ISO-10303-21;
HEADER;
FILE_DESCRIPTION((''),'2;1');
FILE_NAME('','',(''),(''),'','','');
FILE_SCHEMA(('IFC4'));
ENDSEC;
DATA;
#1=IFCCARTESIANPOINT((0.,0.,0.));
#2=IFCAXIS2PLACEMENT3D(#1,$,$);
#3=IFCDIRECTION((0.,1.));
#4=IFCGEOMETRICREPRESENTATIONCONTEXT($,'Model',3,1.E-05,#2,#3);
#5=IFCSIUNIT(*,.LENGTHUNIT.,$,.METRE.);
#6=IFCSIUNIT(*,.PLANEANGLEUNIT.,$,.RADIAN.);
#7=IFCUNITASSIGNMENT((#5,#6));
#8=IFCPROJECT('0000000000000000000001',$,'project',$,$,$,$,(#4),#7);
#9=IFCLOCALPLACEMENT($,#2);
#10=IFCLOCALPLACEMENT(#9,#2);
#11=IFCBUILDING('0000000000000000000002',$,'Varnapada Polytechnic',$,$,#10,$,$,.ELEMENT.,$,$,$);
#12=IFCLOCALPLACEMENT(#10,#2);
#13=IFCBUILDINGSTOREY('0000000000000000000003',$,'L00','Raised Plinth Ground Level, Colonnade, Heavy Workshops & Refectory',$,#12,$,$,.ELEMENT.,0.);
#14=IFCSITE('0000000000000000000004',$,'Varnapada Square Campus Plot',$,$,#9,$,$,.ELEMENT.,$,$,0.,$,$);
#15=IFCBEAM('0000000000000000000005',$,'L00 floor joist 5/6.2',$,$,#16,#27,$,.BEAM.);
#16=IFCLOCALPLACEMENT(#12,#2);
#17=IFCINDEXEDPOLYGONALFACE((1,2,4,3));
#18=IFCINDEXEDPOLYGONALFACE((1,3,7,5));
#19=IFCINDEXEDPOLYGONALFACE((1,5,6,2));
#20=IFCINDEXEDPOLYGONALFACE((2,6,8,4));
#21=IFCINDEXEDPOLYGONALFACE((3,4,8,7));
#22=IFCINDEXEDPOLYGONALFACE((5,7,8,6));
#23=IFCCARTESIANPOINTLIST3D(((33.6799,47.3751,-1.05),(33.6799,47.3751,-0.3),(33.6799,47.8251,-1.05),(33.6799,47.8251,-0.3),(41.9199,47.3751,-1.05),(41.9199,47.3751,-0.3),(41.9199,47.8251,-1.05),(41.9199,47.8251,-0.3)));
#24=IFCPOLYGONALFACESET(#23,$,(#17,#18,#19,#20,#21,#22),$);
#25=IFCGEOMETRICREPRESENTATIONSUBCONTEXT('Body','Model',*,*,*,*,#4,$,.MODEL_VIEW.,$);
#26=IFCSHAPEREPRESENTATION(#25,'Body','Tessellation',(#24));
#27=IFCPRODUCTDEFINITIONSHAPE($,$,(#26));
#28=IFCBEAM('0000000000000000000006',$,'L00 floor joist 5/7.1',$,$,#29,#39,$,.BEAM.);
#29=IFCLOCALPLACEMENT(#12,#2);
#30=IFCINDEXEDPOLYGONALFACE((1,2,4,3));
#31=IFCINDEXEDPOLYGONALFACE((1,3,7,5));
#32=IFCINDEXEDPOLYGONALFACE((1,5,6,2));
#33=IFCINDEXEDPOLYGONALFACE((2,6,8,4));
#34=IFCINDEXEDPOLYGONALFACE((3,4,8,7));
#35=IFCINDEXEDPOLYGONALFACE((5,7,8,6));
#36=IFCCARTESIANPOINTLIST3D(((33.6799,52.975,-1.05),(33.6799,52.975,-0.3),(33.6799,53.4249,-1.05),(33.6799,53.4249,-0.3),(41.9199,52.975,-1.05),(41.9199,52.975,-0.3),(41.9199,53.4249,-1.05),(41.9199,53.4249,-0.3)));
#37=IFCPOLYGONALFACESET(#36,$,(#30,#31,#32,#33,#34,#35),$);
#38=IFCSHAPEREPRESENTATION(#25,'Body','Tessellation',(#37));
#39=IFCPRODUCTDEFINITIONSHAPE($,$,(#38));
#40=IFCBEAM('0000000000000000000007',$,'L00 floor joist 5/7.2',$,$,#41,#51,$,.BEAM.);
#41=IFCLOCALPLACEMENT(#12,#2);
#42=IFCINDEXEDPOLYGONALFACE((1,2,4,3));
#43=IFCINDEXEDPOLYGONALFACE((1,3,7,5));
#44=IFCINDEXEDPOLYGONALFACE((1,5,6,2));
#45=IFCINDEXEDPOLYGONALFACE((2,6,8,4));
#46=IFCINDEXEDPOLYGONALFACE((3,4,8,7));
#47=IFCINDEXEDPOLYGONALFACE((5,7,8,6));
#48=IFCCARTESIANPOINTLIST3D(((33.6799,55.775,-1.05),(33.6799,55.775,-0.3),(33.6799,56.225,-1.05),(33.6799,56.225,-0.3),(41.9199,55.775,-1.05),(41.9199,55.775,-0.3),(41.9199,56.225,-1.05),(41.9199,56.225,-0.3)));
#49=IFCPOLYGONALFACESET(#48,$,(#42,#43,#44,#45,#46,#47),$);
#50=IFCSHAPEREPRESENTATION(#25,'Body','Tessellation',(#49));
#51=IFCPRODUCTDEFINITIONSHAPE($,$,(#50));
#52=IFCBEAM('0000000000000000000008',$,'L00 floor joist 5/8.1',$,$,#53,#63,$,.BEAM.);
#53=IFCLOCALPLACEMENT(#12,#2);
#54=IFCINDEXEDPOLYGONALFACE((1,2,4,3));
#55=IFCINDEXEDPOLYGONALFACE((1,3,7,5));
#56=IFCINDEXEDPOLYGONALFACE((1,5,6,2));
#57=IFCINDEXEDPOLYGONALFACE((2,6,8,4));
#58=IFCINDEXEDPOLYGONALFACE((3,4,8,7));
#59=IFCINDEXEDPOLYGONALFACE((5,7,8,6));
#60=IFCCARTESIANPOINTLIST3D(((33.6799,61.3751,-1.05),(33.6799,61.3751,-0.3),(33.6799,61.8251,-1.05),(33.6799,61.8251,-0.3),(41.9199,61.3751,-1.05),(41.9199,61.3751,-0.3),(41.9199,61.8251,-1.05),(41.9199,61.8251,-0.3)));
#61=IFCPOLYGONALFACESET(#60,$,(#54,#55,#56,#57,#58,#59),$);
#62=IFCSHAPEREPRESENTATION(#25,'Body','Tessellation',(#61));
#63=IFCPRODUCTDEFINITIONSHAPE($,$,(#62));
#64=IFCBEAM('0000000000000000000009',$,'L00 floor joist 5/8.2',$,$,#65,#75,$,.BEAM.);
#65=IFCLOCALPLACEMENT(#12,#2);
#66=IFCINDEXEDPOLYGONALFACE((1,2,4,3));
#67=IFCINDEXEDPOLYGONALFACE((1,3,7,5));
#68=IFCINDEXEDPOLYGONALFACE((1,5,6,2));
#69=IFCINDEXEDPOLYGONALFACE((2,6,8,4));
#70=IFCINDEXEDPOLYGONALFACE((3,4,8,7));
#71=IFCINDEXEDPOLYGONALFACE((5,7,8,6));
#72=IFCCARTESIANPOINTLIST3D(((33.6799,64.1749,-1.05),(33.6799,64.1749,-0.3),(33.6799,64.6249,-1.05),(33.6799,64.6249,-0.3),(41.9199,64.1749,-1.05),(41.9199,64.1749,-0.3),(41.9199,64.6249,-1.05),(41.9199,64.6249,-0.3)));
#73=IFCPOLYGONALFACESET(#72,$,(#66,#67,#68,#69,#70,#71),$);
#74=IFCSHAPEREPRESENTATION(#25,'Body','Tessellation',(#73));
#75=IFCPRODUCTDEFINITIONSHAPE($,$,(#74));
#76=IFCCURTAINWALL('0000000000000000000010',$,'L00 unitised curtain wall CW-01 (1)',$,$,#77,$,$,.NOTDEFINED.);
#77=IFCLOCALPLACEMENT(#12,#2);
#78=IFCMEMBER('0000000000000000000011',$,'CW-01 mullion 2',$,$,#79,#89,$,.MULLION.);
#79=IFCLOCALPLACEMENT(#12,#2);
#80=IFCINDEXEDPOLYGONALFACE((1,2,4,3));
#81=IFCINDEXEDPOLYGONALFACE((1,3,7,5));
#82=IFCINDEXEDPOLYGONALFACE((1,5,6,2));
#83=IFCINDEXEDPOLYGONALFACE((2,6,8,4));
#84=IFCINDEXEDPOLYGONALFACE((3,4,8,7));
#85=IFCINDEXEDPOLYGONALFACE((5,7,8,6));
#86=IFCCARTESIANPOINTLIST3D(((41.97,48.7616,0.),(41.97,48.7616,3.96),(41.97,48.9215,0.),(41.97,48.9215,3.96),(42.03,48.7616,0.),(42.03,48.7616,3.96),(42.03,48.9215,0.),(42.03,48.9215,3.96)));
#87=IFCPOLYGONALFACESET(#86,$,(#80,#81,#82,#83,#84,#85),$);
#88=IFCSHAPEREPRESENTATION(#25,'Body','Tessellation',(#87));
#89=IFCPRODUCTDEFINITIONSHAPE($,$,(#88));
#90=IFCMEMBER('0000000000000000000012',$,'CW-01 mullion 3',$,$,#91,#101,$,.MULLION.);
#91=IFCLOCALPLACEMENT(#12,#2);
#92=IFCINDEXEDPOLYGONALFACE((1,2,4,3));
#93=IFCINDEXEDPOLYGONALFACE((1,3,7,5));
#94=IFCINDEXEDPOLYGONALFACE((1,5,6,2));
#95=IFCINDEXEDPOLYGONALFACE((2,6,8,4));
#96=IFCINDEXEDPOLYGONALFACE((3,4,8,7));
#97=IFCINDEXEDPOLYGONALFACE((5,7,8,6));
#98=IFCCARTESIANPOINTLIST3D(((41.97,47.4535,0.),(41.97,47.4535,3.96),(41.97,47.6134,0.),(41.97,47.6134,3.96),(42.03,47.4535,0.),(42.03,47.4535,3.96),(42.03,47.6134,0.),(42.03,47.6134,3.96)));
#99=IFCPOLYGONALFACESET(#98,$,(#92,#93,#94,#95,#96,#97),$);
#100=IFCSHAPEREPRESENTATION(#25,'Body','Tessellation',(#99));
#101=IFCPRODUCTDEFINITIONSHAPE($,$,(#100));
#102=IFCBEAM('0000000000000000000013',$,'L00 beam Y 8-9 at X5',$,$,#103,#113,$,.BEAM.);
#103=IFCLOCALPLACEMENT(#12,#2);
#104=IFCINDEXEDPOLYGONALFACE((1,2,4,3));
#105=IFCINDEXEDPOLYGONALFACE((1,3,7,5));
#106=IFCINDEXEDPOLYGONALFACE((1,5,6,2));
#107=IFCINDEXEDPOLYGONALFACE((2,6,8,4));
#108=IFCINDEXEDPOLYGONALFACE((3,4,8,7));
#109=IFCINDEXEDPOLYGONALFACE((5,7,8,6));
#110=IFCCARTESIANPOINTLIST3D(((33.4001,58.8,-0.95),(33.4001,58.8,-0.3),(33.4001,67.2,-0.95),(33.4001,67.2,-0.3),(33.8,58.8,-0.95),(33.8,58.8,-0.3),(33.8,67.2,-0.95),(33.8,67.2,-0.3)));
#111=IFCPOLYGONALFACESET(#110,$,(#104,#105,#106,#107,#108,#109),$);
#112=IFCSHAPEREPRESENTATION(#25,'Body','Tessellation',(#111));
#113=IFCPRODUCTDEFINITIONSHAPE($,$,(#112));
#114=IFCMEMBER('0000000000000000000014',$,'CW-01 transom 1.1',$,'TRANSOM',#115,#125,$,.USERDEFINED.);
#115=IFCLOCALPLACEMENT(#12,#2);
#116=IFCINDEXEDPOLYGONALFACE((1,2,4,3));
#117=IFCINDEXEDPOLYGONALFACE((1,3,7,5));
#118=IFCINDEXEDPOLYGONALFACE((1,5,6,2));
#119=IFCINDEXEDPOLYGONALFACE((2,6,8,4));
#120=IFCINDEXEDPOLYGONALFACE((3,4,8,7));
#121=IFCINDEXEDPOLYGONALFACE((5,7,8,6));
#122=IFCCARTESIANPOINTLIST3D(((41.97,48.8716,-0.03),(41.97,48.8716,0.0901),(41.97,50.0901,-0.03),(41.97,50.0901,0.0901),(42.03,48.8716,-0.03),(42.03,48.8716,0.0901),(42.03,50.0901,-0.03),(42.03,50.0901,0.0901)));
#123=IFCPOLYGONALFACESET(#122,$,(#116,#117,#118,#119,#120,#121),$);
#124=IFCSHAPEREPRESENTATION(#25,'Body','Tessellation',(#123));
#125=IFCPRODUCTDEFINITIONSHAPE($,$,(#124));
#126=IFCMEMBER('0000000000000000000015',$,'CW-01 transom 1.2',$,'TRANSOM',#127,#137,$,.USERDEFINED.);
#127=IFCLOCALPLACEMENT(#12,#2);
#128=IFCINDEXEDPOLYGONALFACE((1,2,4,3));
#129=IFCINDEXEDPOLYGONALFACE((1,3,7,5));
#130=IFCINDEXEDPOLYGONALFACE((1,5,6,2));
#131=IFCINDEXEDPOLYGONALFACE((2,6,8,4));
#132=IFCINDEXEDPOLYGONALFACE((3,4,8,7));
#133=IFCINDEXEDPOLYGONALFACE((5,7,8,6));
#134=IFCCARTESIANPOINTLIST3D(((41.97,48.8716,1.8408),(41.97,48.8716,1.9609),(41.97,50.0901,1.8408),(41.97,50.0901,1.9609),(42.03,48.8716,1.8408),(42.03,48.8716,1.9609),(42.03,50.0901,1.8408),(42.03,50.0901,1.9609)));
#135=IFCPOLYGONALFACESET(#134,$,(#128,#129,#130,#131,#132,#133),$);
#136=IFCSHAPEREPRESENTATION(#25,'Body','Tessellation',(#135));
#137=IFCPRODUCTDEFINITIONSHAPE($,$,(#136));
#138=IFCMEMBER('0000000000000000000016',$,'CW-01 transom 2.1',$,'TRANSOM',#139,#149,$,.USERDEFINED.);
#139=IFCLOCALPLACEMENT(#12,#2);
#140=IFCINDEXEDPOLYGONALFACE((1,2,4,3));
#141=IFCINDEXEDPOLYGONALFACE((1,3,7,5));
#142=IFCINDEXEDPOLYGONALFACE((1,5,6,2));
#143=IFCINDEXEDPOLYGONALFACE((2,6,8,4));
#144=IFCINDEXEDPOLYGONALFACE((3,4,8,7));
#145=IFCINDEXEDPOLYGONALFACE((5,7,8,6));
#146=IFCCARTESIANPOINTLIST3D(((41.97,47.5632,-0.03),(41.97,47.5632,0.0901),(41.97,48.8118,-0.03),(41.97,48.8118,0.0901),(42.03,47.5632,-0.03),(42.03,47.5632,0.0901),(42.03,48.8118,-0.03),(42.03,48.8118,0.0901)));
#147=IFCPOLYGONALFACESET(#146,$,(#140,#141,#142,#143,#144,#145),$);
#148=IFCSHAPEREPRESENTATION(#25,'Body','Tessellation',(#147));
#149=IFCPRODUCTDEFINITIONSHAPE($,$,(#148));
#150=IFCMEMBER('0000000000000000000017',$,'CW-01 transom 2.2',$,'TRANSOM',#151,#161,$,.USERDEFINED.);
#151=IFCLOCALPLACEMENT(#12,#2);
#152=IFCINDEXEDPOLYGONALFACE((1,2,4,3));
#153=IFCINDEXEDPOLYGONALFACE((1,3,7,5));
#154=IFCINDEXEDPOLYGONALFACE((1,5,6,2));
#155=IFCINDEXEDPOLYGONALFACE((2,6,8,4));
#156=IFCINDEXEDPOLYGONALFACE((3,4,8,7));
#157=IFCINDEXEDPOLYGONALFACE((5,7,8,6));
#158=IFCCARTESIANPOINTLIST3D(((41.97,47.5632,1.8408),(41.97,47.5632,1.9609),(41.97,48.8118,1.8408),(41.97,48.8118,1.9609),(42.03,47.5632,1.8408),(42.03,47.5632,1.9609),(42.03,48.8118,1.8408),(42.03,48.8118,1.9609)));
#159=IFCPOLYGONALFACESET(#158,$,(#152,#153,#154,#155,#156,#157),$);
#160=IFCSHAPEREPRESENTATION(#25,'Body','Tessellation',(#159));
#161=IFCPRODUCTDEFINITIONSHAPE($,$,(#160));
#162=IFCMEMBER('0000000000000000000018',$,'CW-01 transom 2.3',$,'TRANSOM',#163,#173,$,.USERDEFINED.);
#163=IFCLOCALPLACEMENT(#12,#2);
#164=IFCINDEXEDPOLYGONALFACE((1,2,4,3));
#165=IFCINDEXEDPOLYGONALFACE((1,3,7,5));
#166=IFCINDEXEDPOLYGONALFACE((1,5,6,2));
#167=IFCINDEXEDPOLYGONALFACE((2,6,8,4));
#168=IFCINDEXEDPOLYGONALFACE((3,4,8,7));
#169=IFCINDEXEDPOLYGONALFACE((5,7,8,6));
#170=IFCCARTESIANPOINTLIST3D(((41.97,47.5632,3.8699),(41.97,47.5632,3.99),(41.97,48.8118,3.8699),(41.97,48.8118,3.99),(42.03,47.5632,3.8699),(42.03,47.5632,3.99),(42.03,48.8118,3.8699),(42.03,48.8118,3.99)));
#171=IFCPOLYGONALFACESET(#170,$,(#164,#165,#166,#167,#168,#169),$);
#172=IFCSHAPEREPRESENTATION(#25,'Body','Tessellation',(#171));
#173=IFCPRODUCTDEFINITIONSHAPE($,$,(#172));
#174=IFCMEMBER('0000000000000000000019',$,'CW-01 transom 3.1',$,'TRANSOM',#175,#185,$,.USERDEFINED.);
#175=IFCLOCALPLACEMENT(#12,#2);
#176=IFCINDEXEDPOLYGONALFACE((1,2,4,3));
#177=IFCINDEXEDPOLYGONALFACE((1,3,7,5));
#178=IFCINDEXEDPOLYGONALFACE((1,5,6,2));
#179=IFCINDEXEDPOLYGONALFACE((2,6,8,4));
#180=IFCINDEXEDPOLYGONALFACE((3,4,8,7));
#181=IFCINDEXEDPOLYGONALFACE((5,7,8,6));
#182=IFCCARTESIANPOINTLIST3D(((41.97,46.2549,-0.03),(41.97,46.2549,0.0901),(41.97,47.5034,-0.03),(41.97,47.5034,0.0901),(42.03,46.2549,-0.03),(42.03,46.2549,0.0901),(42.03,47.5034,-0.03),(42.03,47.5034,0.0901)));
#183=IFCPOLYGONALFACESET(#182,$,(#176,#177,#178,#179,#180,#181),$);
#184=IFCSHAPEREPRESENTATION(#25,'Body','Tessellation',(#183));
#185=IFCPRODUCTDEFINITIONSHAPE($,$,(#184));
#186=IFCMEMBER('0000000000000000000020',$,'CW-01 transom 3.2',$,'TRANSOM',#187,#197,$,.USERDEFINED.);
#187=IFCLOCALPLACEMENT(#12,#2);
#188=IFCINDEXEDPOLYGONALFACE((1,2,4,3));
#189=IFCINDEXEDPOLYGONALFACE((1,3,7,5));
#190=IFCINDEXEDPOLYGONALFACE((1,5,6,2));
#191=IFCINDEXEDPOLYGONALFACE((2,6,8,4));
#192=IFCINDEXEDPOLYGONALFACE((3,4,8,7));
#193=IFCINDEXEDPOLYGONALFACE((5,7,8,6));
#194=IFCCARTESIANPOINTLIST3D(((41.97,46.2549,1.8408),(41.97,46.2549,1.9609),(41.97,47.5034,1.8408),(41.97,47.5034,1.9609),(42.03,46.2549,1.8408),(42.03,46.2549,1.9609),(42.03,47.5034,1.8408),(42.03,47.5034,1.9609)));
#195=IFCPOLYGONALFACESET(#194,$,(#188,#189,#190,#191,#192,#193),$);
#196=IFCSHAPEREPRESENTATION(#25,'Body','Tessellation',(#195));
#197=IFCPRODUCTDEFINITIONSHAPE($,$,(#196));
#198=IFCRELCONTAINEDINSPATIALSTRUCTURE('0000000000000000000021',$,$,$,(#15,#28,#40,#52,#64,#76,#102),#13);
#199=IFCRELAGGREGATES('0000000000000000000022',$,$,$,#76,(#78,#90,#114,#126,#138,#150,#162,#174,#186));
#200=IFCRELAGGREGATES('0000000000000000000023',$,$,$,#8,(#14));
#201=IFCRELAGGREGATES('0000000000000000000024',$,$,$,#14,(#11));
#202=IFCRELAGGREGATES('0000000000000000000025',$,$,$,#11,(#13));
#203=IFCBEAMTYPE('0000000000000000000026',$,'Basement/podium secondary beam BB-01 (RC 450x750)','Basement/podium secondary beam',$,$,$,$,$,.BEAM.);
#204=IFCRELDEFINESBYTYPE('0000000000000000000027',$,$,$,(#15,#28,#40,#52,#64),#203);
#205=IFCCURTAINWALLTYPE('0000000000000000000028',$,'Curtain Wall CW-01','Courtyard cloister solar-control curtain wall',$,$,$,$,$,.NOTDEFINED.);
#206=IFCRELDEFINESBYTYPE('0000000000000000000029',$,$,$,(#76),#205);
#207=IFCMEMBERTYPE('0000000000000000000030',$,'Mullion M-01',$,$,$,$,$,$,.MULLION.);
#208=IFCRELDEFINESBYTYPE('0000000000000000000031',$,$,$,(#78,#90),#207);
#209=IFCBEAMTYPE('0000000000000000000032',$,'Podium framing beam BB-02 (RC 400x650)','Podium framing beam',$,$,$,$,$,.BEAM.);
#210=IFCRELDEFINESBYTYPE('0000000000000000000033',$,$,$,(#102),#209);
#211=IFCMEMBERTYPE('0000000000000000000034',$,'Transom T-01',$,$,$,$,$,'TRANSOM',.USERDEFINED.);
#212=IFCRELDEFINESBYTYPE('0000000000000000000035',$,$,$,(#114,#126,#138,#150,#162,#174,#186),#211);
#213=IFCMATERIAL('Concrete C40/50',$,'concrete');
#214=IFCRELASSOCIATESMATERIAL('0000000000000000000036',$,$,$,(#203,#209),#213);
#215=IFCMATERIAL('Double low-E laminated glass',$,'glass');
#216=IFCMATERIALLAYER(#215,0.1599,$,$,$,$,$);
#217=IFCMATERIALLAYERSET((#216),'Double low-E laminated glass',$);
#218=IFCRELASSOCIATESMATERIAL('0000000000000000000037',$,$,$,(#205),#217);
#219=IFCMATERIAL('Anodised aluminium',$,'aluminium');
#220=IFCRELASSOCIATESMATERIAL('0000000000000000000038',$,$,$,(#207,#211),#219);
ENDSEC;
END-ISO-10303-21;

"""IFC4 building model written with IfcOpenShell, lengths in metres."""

from ifc_helpers import new_model, si_unit, direction, frame, origin, origin_2d, place, context, subcontext, project, spatial, rectangle, extrude, material, layer, layer_set, material_profile, profile_set, type_object, element, aggregate, save


model = new_model("IFC4")

# Units and contexts
model_context = context("Model", 3, precision=1e-05, world=origin(), true_north=direction((0.0, 1.0)))
body_context = subcontext(model_context, "Body", "Model", "MODEL_VIEW")
ifc_project = project(units=[si_unit("LENGTHUNIT", "METRE"), si_unit("PLANEANGLEUNIT", "RADIAN")], contexts=[model_context])

# Site, building, storey
site_placement = place(None, origin())
site = spatial("IfcSite", under=ifc_project, at=site_placement, Name="Varnapada Square Campus Plot", CompositionType="ELEMENT", RefElevation=0.0)
building_placement = place(site_placement, origin())
building = spatial("IfcBuilding", under=site, at=building_placement, Name="Varnapada Polytechnic", CompositionType="ELEMENT")
storey_placement = place(building_placement, origin())
storey = spatial("IfcBuildingStorey", under=building, at=storey_placement, Name="L00", Description="Raised Plinth Ground Level, Colonnade, Heavy Workshops & Refectory", CompositionType="ELEMENT", Elevation=0.0)

# Beams
ifc_material_1 = material(Name="Concrete C40/50", Category="concrete")
ifc_material_profile_1 = material_profile(ifc_material_1, rectangle(XDim=0.45, YDim=0.75, at=origin_2d()), Name="RC 450x750")
ifc_profile_set_1 = profile_set([ifc_material_profile_1], Name="Concrete C40/50")
beam_type_1 = type_object("IfcBeamType", Name="Basement/podium secondary beam BB-01 (RC 450x750)", Description="Basement/podium secondary beam", PredefinedType="BEAM", material=ifc_profile_set_1)
for number, where, z_axis, x_axis, name in (
    (1, (33.6799, 47.6001, -0.675), (1.0, 0.0, 0.0), (0.0, 1.0, 0.0), "L00 floor joist 5/6.2"),
    (2, (33.6799, 53.2, -0.675), (1.0, 0.0, 0.0), (0.0, 1.0, 0.0), "L00 floor joist 5/7.1"),
    (3, (33.6799, 56.0, -0.675), (1.0, 0.0, 0.0), (0.0, 1.0, 0.0), "L00 floor joist 5/7.2"),
    (4, (33.6799, 61.6001, -0.675), (1.0, 0.0, 0.0), (0.0, 1.0, 0.0), "L00 floor joist 5/8.1"),
    (5, (33.6799, 64.3999, -0.675), (1.0, 0.0, 0.0), (0.0, 1.0, 0.0), "L00 floor joist 5/8.2"),
):
    element("IfcBeam", number, at=place(storey_placement, frame(where, z_axis=z_axis, x_axis=x_axis)), inside=storey, type_object=beam_type_1, Name=name, PredefinedType="BEAM", context=body_context, shape_type="SweptSolid", body=[
        extrude(rectangle(XDim=0.45, YDim=0.75, at=origin_2d()), origin(), (0.0, 0.0, 1.0), 8.24),
    ])

# Curtain wall, members
ifc_material_2 = material(Name="Double low-E laminated glass", Category="glass")
ifc_layer_1 = layer(ifc_material_2, 0.1599)
ifc_layer_set_1 = layer_set([ifc_layer_1], Name="Double low-E laminated glass")
curtain_wall_type = type_object("IfcCurtainWallType", Name="Curtain Wall CW-01", Description="Courtyard cloister solar-control curtain wall", PredefinedType="NOTDEFINED", material=ifc_layer_set_1)
curtain_wall_placement = place(storey_placement, origin())
curtain_wall = element("IfcCurtainWall", 6, at=curtain_wall_placement, inside=storey, type_object=curtain_wall_type, Name="L00 unitised curtain wall CW-01 (1)", PredefinedType="NOTDEFINED")
ifc_material_3 = material(Name="Anodised aluminium", Category="aluminium")
ifc_material_profile_2 = material_profile(ifc_material_3, rectangle(XDim=0.0601, YDim=0.1599, at=origin_2d()), Name="ALU M60x160")
ifc_profile_set_2 = profile_set([ifc_material_profile_2], Name="Anodised aluminium")
member_type_1 = type_object("IfcMemberType", Name="Mullion M-01", PredefinedType="MULLION", material=ifc_profile_set_2)
member_1_placement = place(storey_placement, frame((42.0, 48.8416, 0.0), z_axis=(0.0, 0.0, 1.0), x_axis=(1.0, 0.0, 0.0)))
member_1 = element("IfcMember", 7, at=member_1_placement, type_object=member_type_1, Name="CW-01 mullion 2", PredefinedType="MULLION", context=body_context, shape_type="SweptSolid", body=[
    extrude(rectangle(XDim=0.0601, YDim=0.1599, at=origin_2d()), origin(), (0.0, 0.0, 1.0), 3.96),
])
member_2_placement = place(storey_placement, frame((42.0, 47.5334, 0.0), z_axis=(0.0, 0.0, 1.0), x_axis=(1.0, 0.0, 0.0)))
member_2 = element("IfcMember", 8, at=member_2_placement, type_object=member_type_1, Name="CW-01 mullion 3", PredefinedType="MULLION", context=body_context, shape_type="SweptSolid", body=[
    extrude(rectangle(XDim=0.0601, YDim=0.1599, at=origin_2d()), origin(), (0.0, 0.0, 1.0), 3.96),
])

# Beam
ifc_material_profile_3 = material_profile(ifc_material_1, rectangle(XDim=0.3999, YDim=0.6499, at=origin_2d()), Name="RC 400x650")
ifc_profile_set_3 = profile_set([ifc_material_profile_3], Name="Concrete C40/50")
beam_type_2 = type_object("IfcBeamType", Name="Podium framing beam BB-02 (RC 400x650)", Description="Podium framing beam", PredefinedType="BEAM", material=ifc_profile_set_3)
beam_placement = place(storey_placement, frame((33.6001, 58.8, -0.625), z_axis=(0.0, 1.0, 0.0), x_axis=(-1.0, 0.0, 0.0)))
element("IfcBeam", 9, at=beam_placement, inside=storey, type_object=beam_type_2, Name="L00 beam Y 8-9 at X5", PredefinedType="BEAM", context=body_context, shape_type="SweptSolid", body=[
    extrude(rectangle(XDim=0.3999, YDim=0.6499, at=origin_2d()), origin(), (0.0, 0.0, 1.0), 8.3999),
])

# Members
ifc_material_profile_4 = material_profile(ifc_material_3, rectangle(XDim=0.0601, YDim=0.1201, at=origin_2d()), Name="ALU T60x120")
ifc_profile_set_4 = profile_set([ifc_material_profile_4], Name="Anodised aluminium")
member_type_2 = type_object("IfcMemberType", Name="Transom T-01", ElementType="TRANSOM", PredefinedType="USERDEFINED", material=ifc_profile_set_4)
member_3_placement = place(storey_placement, frame((42.0, 50.0901, 0.03), z_axis=(0.0, -1.0, 0.0), x_axis=(1.0, 0.0, 0.0)))
member_3 = element("IfcMember", 10, at=member_3_placement, type_object=member_type_2, Name="CW-01 transom 1.1", ObjectType="TRANSOM", PredefinedType="USERDEFINED", context=body_context, shape_type="SweptSolid", body=[
    extrude(rectangle(XDim=0.0601, YDim=0.1201, at=origin_2d()), origin(), (0.0, 0.0, 1.0), 1.2185),
])
member_4_placement = place(storey_placement, frame((42.0, 50.0901, 1.9009), z_axis=(0.0, -1.0, 0.0), x_axis=(1.0, 0.0, 0.0)))
member_4 = element("IfcMember", 11, at=member_4_placement, type_object=member_type_2, Name="CW-01 transom 1.2", ObjectType="TRANSOM", PredefinedType="USERDEFINED", context=body_context, shape_type="SweptSolid", body=[
    extrude(rectangle(XDim=0.0601, YDim=0.1201, at=origin_2d()), origin(), (0.0, 0.0, 1.0), 1.2185),
])
member_5_placement = place(storey_placement, frame((42.0, 48.8118, 0.03), z_axis=(0.0, -1.0, 0.0), x_axis=(1.0, 0.0, 0.0)))
member_5 = element("IfcMember", 12, at=member_5_placement, type_object=member_type_2, Name="CW-01 transom 2.1", ObjectType="TRANSOM", PredefinedType="USERDEFINED", context=body_context, shape_type="SweptSolid", body=[
    extrude(rectangle(XDim=0.0601, YDim=0.1201, at=origin_2d()), origin(), (0.0, 0.0, 1.0), 1.2485),
])
member_6_placement = place(storey_placement, frame((42.0, 48.8118, 1.9009), z_axis=(0.0, -1.0, 0.0), x_axis=(1.0, 0.0, 0.0)))
member_6 = element("IfcMember", 13, at=member_6_placement, type_object=member_type_2, Name="CW-01 transom 2.2", ObjectType="TRANSOM", PredefinedType="USERDEFINED", context=body_context, shape_type="SweptSolid", body=[
    extrude(rectangle(XDim=0.0601, YDim=0.1201, at=origin_2d()), origin(), (0.0, 0.0, 1.0), 1.2485),
])
member_7_placement = place(storey_placement, frame((42.0, 48.8118, 3.9299), z_axis=(0.0, -1.0, 0.0), x_axis=(1.0, 0.0, 0.0)))
member_7 = element("IfcMember", 14, at=member_7_placement, type_object=member_type_2, Name="CW-01 transom 2.3", ObjectType="TRANSOM", PredefinedType="USERDEFINED", context=body_context, shape_type="SweptSolid", body=[
    extrude(rectangle(XDim=0.0601, YDim=0.1201, at=origin_2d()), origin(), (0.0, 0.0, 1.0), 1.2485),
])
member_8_placement = place(storey_placement, frame((42.0, 47.5034, 0.03), z_axis=(0.0, -1.0, 0.0), x_axis=(1.0, 0.0, 0.0)))
member_8 = element("IfcMember", 15, at=member_8_placement, type_object=member_type_2, Name="CW-01 transom 3.1", ObjectType="TRANSOM", PredefinedType="USERDEFINED", context=body_context, shape_type="SweptSolid", body=[
    extrude(rectangle(XDim=0.0601, YDim=0.1201, at=origin_2d()), origin(), (0.0, 0.0, 1.0), 1.2485),
])
member_9_placement = place(storey_placement, frame((42.0, 47.5034, 1.9009), z_axis=(0.0, -1.0, 0.0), x_axis=(1.0, 0.0, 0.0)))
member_9 = element("IfcMember", 16, at=member_9_placement, type_object=member_type_2, Name="CW-01 transom 3.2", ObjectType="TRANSOM", PredefinedType="USERDEFINED", context=body_context, shape_type="SweptSolid", body=[
    extrude(rectangle(XDim=0.0601, YDim=0.1201, at=origin_2d()), origin(), (0.0, 0.0, 1.0), 1.2485),
])

aggregate(curtain_wall, [member_1, member_2, member_3, member_4, member_5, member_6, member_7, member_8, member_9])

save(model, "model.ifc")
